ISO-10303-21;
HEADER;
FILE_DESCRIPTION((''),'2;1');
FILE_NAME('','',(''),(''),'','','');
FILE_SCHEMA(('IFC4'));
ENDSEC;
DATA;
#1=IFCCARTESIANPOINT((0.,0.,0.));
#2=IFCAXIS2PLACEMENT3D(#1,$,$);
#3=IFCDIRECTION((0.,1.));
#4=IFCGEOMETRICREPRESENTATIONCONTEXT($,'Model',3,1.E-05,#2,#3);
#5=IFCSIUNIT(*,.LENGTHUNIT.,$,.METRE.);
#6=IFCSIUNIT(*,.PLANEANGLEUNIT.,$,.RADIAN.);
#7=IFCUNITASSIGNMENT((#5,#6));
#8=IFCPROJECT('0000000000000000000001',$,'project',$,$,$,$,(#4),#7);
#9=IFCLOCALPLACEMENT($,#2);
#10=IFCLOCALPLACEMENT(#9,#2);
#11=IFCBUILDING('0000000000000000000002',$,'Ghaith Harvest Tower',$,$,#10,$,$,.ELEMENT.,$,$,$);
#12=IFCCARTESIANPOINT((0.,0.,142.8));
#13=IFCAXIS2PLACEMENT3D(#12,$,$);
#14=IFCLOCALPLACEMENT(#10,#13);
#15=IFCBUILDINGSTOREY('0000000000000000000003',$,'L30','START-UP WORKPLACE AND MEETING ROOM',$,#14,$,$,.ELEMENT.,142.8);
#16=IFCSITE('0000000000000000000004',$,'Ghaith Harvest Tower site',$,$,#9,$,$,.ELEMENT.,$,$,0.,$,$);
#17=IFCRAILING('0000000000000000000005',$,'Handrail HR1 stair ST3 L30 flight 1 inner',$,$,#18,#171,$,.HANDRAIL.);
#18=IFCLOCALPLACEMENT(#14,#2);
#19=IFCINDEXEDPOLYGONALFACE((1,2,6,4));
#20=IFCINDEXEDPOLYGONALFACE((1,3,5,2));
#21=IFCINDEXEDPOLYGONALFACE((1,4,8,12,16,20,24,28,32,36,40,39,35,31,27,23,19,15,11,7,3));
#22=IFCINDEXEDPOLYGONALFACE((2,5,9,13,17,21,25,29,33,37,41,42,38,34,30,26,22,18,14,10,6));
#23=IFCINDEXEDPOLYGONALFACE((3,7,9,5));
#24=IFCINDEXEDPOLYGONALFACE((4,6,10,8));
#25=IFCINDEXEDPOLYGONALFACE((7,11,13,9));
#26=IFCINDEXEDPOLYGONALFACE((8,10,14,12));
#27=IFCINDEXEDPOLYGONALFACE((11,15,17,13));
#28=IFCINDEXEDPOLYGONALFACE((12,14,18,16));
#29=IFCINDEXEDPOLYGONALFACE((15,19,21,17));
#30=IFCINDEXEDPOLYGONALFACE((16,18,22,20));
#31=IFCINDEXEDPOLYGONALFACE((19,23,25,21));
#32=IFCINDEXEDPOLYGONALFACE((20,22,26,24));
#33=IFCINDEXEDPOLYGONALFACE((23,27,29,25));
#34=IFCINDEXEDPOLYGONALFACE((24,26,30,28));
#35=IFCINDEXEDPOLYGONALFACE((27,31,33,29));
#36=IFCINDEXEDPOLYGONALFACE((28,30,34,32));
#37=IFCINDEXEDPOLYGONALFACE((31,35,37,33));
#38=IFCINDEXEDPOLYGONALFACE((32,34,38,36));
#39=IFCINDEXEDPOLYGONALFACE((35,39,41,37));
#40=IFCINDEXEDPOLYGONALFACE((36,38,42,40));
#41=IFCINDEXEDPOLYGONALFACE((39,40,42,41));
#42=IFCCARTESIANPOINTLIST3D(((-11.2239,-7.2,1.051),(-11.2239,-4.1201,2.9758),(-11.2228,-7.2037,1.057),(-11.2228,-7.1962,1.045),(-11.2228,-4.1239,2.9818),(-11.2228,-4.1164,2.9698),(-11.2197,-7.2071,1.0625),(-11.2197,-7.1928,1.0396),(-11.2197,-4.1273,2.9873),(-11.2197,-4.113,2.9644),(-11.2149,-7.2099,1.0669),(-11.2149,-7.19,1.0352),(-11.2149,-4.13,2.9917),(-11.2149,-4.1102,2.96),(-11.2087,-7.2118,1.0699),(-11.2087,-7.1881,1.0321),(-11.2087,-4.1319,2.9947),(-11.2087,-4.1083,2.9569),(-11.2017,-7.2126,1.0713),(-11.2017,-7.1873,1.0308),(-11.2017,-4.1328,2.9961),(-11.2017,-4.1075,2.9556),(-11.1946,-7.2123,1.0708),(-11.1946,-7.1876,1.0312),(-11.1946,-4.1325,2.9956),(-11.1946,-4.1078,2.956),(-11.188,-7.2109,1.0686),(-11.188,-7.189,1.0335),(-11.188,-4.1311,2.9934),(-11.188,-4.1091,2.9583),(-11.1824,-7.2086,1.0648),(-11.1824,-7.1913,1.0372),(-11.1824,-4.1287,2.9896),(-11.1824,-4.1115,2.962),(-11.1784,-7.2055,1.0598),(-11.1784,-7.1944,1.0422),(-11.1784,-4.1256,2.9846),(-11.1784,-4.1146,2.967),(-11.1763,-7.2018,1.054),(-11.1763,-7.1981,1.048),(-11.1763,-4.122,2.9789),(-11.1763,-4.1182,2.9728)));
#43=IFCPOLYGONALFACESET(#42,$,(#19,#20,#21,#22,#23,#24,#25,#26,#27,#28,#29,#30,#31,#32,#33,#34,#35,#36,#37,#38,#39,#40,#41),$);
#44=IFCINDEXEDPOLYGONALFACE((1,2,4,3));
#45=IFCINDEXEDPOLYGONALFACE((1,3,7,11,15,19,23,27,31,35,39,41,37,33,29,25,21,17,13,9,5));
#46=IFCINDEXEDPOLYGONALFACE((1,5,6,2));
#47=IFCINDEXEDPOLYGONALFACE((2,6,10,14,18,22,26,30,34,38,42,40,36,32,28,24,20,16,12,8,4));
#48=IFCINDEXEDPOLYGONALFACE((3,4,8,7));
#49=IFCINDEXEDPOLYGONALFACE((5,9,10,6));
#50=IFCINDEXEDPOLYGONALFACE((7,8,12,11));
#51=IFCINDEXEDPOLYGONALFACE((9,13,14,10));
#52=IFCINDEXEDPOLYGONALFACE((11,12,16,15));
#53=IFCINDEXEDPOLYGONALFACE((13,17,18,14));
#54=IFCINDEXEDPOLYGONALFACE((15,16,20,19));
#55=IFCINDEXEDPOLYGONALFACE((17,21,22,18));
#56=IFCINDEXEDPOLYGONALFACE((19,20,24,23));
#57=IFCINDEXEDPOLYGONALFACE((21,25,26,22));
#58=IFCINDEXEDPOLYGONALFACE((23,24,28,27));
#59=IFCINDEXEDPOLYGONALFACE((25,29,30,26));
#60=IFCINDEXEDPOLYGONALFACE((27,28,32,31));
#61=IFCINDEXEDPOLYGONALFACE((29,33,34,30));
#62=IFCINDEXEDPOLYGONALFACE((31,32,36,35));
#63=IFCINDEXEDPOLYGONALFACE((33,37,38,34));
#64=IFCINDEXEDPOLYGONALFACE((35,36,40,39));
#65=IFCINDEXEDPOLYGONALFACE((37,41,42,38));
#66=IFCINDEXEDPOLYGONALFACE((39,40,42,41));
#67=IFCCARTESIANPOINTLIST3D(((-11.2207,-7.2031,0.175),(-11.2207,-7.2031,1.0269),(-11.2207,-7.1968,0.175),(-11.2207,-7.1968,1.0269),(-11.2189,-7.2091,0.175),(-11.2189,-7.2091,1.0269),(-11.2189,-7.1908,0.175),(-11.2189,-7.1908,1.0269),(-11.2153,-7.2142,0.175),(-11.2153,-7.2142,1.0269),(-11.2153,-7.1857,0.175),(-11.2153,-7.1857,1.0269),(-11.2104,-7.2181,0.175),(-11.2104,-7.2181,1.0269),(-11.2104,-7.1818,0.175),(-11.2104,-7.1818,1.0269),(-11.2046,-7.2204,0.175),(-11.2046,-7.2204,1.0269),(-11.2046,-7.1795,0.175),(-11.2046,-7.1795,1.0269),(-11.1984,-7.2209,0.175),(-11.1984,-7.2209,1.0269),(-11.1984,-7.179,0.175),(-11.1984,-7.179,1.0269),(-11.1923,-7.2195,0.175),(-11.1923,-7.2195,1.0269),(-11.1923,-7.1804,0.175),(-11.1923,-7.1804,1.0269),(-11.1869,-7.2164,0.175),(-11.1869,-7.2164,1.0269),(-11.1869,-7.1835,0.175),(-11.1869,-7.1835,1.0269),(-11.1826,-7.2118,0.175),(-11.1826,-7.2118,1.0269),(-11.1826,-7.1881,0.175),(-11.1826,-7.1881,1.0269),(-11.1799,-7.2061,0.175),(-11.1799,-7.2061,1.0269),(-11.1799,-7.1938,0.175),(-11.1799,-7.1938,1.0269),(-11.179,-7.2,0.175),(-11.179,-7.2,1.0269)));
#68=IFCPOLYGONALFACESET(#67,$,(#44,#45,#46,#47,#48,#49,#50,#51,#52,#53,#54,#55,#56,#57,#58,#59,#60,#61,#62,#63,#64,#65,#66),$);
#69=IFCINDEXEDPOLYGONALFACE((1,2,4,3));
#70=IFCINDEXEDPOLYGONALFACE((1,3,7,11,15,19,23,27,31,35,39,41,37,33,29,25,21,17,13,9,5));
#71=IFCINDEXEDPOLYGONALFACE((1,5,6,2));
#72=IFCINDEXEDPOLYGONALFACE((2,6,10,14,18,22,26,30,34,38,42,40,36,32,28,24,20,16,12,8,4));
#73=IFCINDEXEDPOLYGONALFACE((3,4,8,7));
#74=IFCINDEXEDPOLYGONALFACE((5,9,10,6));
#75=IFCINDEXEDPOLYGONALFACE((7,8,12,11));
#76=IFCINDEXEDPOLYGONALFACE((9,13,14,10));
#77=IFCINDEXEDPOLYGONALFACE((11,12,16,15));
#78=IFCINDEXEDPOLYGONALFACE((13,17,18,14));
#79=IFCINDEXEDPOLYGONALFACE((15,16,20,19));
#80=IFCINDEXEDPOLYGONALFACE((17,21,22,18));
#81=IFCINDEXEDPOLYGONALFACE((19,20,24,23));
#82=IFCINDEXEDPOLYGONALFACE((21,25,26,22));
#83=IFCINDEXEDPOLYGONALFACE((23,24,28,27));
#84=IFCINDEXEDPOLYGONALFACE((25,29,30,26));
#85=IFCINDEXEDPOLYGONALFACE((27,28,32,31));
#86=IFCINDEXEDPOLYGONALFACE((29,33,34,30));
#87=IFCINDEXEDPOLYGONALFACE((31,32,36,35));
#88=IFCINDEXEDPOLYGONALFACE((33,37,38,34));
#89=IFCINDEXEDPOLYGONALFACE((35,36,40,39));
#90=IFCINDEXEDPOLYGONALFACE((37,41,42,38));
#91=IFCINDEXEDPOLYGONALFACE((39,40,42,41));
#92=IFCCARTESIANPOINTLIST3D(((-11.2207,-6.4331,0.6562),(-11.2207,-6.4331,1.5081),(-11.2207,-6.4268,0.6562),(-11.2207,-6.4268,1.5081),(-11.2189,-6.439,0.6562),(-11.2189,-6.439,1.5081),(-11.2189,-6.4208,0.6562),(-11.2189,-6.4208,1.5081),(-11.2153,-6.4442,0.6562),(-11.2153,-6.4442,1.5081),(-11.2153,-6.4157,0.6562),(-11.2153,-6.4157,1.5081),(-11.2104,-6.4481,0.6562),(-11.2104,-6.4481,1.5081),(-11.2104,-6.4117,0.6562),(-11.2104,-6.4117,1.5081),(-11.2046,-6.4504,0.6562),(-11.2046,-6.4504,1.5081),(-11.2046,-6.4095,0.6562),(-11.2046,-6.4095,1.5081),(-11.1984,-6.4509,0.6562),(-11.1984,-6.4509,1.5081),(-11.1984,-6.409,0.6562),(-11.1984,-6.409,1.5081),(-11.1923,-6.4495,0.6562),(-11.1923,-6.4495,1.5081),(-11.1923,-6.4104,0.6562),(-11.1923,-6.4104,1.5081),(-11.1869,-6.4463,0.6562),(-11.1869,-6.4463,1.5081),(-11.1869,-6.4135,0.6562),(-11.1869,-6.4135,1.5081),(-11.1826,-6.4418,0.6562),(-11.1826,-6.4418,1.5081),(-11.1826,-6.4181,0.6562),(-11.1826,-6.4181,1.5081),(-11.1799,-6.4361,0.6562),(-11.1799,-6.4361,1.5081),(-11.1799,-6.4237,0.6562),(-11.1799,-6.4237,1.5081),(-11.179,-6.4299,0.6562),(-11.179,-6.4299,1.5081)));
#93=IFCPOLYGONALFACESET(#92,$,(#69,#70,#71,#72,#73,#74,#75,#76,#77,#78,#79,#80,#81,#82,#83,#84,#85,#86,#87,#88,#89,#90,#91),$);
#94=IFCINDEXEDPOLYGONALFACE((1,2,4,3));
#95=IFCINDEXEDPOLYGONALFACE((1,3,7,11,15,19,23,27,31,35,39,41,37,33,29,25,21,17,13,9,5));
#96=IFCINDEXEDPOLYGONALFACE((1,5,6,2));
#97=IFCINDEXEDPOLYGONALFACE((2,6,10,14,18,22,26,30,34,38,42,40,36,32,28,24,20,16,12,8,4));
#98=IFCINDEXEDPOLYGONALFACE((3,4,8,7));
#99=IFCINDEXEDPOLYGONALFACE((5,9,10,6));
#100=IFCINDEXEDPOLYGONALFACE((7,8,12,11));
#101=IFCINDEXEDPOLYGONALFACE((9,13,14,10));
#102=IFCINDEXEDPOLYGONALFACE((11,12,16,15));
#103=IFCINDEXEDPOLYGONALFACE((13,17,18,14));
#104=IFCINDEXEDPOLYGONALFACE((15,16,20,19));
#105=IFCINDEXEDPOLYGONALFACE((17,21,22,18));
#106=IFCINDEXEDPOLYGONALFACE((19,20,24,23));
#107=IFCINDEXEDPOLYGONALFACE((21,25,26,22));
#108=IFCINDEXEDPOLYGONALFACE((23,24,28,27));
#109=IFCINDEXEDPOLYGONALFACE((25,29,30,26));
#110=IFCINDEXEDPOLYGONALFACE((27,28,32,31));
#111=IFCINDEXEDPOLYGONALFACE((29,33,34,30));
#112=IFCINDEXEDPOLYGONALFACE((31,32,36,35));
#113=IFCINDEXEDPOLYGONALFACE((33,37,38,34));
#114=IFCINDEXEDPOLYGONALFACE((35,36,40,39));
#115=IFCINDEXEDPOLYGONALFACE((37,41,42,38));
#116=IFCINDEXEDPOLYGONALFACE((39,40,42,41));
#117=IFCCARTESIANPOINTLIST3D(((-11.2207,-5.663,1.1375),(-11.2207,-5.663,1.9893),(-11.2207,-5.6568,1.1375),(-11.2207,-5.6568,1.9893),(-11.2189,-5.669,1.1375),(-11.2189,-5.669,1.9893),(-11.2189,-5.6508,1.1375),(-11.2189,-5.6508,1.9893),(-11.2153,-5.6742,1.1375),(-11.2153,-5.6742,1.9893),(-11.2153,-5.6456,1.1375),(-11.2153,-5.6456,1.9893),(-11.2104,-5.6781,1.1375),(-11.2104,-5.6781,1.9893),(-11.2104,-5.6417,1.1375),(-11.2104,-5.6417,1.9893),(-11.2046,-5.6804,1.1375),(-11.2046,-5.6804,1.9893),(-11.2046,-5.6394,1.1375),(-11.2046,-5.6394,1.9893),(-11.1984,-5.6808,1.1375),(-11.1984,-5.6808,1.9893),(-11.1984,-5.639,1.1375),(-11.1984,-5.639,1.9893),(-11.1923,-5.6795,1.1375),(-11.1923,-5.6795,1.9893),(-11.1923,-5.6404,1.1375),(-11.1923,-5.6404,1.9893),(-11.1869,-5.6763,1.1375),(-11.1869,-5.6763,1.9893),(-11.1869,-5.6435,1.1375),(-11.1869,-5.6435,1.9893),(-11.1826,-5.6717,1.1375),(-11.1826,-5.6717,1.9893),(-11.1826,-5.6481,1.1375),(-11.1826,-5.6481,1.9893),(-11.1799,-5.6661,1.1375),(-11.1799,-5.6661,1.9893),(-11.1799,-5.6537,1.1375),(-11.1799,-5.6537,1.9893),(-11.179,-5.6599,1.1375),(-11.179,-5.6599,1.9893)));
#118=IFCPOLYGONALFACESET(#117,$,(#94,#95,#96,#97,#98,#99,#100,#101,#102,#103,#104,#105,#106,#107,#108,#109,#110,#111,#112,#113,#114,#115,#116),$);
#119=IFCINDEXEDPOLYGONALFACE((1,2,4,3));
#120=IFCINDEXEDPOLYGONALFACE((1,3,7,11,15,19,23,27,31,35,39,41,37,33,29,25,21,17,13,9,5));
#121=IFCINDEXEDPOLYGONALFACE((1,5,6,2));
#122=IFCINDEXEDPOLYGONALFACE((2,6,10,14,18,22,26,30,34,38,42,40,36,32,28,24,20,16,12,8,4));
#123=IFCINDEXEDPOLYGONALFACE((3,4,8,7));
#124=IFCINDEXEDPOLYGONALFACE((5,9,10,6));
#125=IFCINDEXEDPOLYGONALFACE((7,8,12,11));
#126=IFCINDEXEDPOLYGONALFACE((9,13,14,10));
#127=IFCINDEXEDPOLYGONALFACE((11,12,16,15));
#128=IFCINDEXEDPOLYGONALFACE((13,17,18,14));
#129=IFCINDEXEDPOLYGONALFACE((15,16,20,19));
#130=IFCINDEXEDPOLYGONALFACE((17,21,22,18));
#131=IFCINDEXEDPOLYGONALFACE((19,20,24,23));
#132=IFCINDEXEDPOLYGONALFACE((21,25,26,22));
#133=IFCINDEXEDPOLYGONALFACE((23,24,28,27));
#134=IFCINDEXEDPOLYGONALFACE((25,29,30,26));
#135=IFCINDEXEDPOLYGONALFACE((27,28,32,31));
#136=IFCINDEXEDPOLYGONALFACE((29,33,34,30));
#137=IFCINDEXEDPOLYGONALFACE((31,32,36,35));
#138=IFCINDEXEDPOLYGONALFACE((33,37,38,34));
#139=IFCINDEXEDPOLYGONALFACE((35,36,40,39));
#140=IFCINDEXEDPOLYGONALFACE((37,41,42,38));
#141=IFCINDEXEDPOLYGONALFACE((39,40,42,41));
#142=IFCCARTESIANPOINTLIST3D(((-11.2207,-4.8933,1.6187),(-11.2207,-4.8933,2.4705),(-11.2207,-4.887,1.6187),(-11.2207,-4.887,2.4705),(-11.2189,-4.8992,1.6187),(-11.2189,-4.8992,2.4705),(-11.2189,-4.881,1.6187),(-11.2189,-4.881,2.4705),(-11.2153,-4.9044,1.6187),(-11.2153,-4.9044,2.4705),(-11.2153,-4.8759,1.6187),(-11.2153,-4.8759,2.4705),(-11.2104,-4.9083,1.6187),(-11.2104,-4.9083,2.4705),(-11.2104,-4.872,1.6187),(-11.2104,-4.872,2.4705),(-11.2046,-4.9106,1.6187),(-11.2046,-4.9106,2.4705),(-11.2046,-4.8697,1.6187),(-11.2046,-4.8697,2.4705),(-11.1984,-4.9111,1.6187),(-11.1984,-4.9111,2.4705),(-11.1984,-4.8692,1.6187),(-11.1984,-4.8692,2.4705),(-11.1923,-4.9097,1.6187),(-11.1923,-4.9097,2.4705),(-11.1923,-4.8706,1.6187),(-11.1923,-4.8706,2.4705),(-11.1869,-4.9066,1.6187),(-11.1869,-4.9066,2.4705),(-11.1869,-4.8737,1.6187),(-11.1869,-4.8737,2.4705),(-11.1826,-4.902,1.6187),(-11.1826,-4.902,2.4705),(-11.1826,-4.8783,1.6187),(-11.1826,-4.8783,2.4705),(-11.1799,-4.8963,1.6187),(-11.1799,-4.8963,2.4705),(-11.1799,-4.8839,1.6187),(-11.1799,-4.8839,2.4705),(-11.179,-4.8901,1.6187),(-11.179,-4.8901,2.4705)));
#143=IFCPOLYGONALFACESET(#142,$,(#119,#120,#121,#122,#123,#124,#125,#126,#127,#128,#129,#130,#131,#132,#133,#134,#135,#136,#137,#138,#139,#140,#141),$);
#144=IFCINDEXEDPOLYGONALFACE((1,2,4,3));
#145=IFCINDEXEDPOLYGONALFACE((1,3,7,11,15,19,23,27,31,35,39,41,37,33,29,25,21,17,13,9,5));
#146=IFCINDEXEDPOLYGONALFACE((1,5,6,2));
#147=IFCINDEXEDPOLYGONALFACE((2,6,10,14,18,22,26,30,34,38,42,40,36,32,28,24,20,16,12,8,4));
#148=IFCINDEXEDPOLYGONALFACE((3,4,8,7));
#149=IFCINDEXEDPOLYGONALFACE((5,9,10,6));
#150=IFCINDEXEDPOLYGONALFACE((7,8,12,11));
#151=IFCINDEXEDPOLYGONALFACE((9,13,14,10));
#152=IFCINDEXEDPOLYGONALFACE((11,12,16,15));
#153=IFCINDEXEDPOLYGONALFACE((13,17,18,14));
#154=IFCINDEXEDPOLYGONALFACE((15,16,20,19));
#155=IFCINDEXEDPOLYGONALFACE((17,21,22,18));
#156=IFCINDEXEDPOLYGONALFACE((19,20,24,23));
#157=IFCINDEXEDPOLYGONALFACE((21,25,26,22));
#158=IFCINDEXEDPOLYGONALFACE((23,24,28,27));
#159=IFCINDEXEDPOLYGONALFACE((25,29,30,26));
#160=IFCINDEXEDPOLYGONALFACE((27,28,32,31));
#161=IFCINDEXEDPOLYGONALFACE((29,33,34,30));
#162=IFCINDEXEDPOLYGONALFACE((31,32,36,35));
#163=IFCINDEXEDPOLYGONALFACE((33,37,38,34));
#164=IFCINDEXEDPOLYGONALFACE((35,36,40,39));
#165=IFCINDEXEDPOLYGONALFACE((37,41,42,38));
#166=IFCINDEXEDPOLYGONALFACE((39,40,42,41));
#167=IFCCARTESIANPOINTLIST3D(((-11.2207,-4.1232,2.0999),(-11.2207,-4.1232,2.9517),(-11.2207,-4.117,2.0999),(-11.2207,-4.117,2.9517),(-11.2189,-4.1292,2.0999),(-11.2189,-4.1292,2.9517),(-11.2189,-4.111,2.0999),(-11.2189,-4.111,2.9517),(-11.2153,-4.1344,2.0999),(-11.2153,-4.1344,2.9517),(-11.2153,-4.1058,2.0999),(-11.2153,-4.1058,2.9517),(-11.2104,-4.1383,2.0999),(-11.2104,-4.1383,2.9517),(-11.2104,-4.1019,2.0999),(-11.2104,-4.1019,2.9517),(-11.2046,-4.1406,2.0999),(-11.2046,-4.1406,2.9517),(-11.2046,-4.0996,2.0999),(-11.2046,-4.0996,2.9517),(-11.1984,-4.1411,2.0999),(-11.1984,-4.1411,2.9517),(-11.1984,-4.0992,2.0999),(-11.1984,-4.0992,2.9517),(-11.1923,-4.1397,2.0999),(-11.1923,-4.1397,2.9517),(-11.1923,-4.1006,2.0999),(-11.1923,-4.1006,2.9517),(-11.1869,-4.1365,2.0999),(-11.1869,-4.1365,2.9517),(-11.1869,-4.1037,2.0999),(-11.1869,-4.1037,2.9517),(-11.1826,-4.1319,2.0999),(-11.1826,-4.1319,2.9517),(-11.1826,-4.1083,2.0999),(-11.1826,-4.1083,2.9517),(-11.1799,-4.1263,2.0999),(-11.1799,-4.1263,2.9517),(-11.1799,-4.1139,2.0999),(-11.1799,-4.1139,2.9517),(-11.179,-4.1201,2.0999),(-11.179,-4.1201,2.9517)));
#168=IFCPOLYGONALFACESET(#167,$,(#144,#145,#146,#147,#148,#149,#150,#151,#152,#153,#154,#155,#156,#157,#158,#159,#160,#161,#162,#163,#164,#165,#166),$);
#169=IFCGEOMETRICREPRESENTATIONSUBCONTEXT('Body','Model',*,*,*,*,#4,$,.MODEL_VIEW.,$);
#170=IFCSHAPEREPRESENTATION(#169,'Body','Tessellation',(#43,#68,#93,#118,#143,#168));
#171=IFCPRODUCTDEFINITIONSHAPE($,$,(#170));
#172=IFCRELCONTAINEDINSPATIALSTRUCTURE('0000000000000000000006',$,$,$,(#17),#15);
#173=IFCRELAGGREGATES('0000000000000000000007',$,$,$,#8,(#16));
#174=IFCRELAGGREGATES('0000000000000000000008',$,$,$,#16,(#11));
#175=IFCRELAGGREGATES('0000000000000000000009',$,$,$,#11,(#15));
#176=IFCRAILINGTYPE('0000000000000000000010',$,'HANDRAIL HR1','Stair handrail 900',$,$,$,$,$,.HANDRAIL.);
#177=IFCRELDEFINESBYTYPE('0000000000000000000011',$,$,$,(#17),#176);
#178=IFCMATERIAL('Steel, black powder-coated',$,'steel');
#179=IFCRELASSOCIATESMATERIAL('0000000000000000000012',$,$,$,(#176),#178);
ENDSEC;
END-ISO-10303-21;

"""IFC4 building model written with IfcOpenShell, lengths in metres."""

from ifc_helpers import new_model, si_unit, direction, frame, origin, origin_2d, place, context, subcontext, project, spatial, circle, extrude, material, type_object, element, save


model = new_model("IFC4")

# Units and contexts
model_context = context("Model", 3, precision=1e-05, world=origin(), true_north=direction((0.0, 1.0)))
body_context = subcontext(model_context, "Body", "Model", "MODEL_VIEW")
ifc_project = project(units=[si_unit("LENGTHUNIT", "METRE"), si_unit("PLANEANGLEUNIT", "RADIAN")], contexts=[model_context])

# Site, building, storey
site_placement = place(None, origin())
site = spatial("IfcSite", under=ifc_project, at=site_placement, Name="Ghaith Harvest Tower site", CompositionType="ELEMENT", RefElevation=0.0)
building_placement = place(site_placement, origin())
building = spatial("IfcBuilding", under=site, at=building_placement, Name="Ghaith Harvest Tower", CompositionType="ELEMENT")
storey_placement = place(building_placement, frame((0.0, 0.0, 142.8)))
storey = spatial("IfcBuildingStorey", under=building, at=storey_placement, Name="L30", Description="START-UP WORKPLACE AND MEETING ROOM", CompositionType="ELEMENT", Elevation=142.8)

# Railing
ifc_material_1 = material(Name="Steel, black powder-coated", Category="steel")
railing_type = type_object("IfcRailingType", Name="HANDRAIL HR1", Description="Stair handrail 900", PredefinedType="HANDRAIL", material=ifc_material_1)
railing_1_placement = place(storey_placement, frame((-11.2, -7.2, 0.175)))
element("IfcRailing", 1, at=railing_1_placement, inside=storey, type_object=railing_type, Name="Handrail HR1 stair ST3 L30 flight 1 inner", PredefinedType="HANDRAIL", context=body_context, shape_type="SweptSolid", body=[
    extrude(circle(Radius=0.0239, at=origin_2d()), frame((0.0, 0.0, 0.876), z_axis=(0.0, 0.84801, 0.529981), x_axis=(-1.0, 0.0, 0.0)), (0.0, 0.0, 1.0), 3.6318),
    extrude(circle(Radius=0.021, at=origin_2d()), origin(), (0.0, 0.0, 1.0), 0.8518),
    extrude(circle(Radius=0.021, at=origin_2d()), frame((0.0, 0.77, 0.4812)), (0.0, 0.0, 1.0), 0.8518),
    extrude(circle(Radius=0.021, at=origin_2d()), frame((0.0, 1.54, 0.9624)), (0.0, 0.0, 1.0), 0.8518),
    extrude(circle(Radius=0.021, at=origin_2d()), frame((0.0, 2.3098, 1.4436)), (0.0, 0.0, 1.0), 0.8518),
    extrude(circle(Radius=0.021, at=origin_2d()), frame((0.0, 3.0798, 1.9248)), (0.0, 0.0, 1.0), 0.8518),
])

save(model, "model.ifc")
